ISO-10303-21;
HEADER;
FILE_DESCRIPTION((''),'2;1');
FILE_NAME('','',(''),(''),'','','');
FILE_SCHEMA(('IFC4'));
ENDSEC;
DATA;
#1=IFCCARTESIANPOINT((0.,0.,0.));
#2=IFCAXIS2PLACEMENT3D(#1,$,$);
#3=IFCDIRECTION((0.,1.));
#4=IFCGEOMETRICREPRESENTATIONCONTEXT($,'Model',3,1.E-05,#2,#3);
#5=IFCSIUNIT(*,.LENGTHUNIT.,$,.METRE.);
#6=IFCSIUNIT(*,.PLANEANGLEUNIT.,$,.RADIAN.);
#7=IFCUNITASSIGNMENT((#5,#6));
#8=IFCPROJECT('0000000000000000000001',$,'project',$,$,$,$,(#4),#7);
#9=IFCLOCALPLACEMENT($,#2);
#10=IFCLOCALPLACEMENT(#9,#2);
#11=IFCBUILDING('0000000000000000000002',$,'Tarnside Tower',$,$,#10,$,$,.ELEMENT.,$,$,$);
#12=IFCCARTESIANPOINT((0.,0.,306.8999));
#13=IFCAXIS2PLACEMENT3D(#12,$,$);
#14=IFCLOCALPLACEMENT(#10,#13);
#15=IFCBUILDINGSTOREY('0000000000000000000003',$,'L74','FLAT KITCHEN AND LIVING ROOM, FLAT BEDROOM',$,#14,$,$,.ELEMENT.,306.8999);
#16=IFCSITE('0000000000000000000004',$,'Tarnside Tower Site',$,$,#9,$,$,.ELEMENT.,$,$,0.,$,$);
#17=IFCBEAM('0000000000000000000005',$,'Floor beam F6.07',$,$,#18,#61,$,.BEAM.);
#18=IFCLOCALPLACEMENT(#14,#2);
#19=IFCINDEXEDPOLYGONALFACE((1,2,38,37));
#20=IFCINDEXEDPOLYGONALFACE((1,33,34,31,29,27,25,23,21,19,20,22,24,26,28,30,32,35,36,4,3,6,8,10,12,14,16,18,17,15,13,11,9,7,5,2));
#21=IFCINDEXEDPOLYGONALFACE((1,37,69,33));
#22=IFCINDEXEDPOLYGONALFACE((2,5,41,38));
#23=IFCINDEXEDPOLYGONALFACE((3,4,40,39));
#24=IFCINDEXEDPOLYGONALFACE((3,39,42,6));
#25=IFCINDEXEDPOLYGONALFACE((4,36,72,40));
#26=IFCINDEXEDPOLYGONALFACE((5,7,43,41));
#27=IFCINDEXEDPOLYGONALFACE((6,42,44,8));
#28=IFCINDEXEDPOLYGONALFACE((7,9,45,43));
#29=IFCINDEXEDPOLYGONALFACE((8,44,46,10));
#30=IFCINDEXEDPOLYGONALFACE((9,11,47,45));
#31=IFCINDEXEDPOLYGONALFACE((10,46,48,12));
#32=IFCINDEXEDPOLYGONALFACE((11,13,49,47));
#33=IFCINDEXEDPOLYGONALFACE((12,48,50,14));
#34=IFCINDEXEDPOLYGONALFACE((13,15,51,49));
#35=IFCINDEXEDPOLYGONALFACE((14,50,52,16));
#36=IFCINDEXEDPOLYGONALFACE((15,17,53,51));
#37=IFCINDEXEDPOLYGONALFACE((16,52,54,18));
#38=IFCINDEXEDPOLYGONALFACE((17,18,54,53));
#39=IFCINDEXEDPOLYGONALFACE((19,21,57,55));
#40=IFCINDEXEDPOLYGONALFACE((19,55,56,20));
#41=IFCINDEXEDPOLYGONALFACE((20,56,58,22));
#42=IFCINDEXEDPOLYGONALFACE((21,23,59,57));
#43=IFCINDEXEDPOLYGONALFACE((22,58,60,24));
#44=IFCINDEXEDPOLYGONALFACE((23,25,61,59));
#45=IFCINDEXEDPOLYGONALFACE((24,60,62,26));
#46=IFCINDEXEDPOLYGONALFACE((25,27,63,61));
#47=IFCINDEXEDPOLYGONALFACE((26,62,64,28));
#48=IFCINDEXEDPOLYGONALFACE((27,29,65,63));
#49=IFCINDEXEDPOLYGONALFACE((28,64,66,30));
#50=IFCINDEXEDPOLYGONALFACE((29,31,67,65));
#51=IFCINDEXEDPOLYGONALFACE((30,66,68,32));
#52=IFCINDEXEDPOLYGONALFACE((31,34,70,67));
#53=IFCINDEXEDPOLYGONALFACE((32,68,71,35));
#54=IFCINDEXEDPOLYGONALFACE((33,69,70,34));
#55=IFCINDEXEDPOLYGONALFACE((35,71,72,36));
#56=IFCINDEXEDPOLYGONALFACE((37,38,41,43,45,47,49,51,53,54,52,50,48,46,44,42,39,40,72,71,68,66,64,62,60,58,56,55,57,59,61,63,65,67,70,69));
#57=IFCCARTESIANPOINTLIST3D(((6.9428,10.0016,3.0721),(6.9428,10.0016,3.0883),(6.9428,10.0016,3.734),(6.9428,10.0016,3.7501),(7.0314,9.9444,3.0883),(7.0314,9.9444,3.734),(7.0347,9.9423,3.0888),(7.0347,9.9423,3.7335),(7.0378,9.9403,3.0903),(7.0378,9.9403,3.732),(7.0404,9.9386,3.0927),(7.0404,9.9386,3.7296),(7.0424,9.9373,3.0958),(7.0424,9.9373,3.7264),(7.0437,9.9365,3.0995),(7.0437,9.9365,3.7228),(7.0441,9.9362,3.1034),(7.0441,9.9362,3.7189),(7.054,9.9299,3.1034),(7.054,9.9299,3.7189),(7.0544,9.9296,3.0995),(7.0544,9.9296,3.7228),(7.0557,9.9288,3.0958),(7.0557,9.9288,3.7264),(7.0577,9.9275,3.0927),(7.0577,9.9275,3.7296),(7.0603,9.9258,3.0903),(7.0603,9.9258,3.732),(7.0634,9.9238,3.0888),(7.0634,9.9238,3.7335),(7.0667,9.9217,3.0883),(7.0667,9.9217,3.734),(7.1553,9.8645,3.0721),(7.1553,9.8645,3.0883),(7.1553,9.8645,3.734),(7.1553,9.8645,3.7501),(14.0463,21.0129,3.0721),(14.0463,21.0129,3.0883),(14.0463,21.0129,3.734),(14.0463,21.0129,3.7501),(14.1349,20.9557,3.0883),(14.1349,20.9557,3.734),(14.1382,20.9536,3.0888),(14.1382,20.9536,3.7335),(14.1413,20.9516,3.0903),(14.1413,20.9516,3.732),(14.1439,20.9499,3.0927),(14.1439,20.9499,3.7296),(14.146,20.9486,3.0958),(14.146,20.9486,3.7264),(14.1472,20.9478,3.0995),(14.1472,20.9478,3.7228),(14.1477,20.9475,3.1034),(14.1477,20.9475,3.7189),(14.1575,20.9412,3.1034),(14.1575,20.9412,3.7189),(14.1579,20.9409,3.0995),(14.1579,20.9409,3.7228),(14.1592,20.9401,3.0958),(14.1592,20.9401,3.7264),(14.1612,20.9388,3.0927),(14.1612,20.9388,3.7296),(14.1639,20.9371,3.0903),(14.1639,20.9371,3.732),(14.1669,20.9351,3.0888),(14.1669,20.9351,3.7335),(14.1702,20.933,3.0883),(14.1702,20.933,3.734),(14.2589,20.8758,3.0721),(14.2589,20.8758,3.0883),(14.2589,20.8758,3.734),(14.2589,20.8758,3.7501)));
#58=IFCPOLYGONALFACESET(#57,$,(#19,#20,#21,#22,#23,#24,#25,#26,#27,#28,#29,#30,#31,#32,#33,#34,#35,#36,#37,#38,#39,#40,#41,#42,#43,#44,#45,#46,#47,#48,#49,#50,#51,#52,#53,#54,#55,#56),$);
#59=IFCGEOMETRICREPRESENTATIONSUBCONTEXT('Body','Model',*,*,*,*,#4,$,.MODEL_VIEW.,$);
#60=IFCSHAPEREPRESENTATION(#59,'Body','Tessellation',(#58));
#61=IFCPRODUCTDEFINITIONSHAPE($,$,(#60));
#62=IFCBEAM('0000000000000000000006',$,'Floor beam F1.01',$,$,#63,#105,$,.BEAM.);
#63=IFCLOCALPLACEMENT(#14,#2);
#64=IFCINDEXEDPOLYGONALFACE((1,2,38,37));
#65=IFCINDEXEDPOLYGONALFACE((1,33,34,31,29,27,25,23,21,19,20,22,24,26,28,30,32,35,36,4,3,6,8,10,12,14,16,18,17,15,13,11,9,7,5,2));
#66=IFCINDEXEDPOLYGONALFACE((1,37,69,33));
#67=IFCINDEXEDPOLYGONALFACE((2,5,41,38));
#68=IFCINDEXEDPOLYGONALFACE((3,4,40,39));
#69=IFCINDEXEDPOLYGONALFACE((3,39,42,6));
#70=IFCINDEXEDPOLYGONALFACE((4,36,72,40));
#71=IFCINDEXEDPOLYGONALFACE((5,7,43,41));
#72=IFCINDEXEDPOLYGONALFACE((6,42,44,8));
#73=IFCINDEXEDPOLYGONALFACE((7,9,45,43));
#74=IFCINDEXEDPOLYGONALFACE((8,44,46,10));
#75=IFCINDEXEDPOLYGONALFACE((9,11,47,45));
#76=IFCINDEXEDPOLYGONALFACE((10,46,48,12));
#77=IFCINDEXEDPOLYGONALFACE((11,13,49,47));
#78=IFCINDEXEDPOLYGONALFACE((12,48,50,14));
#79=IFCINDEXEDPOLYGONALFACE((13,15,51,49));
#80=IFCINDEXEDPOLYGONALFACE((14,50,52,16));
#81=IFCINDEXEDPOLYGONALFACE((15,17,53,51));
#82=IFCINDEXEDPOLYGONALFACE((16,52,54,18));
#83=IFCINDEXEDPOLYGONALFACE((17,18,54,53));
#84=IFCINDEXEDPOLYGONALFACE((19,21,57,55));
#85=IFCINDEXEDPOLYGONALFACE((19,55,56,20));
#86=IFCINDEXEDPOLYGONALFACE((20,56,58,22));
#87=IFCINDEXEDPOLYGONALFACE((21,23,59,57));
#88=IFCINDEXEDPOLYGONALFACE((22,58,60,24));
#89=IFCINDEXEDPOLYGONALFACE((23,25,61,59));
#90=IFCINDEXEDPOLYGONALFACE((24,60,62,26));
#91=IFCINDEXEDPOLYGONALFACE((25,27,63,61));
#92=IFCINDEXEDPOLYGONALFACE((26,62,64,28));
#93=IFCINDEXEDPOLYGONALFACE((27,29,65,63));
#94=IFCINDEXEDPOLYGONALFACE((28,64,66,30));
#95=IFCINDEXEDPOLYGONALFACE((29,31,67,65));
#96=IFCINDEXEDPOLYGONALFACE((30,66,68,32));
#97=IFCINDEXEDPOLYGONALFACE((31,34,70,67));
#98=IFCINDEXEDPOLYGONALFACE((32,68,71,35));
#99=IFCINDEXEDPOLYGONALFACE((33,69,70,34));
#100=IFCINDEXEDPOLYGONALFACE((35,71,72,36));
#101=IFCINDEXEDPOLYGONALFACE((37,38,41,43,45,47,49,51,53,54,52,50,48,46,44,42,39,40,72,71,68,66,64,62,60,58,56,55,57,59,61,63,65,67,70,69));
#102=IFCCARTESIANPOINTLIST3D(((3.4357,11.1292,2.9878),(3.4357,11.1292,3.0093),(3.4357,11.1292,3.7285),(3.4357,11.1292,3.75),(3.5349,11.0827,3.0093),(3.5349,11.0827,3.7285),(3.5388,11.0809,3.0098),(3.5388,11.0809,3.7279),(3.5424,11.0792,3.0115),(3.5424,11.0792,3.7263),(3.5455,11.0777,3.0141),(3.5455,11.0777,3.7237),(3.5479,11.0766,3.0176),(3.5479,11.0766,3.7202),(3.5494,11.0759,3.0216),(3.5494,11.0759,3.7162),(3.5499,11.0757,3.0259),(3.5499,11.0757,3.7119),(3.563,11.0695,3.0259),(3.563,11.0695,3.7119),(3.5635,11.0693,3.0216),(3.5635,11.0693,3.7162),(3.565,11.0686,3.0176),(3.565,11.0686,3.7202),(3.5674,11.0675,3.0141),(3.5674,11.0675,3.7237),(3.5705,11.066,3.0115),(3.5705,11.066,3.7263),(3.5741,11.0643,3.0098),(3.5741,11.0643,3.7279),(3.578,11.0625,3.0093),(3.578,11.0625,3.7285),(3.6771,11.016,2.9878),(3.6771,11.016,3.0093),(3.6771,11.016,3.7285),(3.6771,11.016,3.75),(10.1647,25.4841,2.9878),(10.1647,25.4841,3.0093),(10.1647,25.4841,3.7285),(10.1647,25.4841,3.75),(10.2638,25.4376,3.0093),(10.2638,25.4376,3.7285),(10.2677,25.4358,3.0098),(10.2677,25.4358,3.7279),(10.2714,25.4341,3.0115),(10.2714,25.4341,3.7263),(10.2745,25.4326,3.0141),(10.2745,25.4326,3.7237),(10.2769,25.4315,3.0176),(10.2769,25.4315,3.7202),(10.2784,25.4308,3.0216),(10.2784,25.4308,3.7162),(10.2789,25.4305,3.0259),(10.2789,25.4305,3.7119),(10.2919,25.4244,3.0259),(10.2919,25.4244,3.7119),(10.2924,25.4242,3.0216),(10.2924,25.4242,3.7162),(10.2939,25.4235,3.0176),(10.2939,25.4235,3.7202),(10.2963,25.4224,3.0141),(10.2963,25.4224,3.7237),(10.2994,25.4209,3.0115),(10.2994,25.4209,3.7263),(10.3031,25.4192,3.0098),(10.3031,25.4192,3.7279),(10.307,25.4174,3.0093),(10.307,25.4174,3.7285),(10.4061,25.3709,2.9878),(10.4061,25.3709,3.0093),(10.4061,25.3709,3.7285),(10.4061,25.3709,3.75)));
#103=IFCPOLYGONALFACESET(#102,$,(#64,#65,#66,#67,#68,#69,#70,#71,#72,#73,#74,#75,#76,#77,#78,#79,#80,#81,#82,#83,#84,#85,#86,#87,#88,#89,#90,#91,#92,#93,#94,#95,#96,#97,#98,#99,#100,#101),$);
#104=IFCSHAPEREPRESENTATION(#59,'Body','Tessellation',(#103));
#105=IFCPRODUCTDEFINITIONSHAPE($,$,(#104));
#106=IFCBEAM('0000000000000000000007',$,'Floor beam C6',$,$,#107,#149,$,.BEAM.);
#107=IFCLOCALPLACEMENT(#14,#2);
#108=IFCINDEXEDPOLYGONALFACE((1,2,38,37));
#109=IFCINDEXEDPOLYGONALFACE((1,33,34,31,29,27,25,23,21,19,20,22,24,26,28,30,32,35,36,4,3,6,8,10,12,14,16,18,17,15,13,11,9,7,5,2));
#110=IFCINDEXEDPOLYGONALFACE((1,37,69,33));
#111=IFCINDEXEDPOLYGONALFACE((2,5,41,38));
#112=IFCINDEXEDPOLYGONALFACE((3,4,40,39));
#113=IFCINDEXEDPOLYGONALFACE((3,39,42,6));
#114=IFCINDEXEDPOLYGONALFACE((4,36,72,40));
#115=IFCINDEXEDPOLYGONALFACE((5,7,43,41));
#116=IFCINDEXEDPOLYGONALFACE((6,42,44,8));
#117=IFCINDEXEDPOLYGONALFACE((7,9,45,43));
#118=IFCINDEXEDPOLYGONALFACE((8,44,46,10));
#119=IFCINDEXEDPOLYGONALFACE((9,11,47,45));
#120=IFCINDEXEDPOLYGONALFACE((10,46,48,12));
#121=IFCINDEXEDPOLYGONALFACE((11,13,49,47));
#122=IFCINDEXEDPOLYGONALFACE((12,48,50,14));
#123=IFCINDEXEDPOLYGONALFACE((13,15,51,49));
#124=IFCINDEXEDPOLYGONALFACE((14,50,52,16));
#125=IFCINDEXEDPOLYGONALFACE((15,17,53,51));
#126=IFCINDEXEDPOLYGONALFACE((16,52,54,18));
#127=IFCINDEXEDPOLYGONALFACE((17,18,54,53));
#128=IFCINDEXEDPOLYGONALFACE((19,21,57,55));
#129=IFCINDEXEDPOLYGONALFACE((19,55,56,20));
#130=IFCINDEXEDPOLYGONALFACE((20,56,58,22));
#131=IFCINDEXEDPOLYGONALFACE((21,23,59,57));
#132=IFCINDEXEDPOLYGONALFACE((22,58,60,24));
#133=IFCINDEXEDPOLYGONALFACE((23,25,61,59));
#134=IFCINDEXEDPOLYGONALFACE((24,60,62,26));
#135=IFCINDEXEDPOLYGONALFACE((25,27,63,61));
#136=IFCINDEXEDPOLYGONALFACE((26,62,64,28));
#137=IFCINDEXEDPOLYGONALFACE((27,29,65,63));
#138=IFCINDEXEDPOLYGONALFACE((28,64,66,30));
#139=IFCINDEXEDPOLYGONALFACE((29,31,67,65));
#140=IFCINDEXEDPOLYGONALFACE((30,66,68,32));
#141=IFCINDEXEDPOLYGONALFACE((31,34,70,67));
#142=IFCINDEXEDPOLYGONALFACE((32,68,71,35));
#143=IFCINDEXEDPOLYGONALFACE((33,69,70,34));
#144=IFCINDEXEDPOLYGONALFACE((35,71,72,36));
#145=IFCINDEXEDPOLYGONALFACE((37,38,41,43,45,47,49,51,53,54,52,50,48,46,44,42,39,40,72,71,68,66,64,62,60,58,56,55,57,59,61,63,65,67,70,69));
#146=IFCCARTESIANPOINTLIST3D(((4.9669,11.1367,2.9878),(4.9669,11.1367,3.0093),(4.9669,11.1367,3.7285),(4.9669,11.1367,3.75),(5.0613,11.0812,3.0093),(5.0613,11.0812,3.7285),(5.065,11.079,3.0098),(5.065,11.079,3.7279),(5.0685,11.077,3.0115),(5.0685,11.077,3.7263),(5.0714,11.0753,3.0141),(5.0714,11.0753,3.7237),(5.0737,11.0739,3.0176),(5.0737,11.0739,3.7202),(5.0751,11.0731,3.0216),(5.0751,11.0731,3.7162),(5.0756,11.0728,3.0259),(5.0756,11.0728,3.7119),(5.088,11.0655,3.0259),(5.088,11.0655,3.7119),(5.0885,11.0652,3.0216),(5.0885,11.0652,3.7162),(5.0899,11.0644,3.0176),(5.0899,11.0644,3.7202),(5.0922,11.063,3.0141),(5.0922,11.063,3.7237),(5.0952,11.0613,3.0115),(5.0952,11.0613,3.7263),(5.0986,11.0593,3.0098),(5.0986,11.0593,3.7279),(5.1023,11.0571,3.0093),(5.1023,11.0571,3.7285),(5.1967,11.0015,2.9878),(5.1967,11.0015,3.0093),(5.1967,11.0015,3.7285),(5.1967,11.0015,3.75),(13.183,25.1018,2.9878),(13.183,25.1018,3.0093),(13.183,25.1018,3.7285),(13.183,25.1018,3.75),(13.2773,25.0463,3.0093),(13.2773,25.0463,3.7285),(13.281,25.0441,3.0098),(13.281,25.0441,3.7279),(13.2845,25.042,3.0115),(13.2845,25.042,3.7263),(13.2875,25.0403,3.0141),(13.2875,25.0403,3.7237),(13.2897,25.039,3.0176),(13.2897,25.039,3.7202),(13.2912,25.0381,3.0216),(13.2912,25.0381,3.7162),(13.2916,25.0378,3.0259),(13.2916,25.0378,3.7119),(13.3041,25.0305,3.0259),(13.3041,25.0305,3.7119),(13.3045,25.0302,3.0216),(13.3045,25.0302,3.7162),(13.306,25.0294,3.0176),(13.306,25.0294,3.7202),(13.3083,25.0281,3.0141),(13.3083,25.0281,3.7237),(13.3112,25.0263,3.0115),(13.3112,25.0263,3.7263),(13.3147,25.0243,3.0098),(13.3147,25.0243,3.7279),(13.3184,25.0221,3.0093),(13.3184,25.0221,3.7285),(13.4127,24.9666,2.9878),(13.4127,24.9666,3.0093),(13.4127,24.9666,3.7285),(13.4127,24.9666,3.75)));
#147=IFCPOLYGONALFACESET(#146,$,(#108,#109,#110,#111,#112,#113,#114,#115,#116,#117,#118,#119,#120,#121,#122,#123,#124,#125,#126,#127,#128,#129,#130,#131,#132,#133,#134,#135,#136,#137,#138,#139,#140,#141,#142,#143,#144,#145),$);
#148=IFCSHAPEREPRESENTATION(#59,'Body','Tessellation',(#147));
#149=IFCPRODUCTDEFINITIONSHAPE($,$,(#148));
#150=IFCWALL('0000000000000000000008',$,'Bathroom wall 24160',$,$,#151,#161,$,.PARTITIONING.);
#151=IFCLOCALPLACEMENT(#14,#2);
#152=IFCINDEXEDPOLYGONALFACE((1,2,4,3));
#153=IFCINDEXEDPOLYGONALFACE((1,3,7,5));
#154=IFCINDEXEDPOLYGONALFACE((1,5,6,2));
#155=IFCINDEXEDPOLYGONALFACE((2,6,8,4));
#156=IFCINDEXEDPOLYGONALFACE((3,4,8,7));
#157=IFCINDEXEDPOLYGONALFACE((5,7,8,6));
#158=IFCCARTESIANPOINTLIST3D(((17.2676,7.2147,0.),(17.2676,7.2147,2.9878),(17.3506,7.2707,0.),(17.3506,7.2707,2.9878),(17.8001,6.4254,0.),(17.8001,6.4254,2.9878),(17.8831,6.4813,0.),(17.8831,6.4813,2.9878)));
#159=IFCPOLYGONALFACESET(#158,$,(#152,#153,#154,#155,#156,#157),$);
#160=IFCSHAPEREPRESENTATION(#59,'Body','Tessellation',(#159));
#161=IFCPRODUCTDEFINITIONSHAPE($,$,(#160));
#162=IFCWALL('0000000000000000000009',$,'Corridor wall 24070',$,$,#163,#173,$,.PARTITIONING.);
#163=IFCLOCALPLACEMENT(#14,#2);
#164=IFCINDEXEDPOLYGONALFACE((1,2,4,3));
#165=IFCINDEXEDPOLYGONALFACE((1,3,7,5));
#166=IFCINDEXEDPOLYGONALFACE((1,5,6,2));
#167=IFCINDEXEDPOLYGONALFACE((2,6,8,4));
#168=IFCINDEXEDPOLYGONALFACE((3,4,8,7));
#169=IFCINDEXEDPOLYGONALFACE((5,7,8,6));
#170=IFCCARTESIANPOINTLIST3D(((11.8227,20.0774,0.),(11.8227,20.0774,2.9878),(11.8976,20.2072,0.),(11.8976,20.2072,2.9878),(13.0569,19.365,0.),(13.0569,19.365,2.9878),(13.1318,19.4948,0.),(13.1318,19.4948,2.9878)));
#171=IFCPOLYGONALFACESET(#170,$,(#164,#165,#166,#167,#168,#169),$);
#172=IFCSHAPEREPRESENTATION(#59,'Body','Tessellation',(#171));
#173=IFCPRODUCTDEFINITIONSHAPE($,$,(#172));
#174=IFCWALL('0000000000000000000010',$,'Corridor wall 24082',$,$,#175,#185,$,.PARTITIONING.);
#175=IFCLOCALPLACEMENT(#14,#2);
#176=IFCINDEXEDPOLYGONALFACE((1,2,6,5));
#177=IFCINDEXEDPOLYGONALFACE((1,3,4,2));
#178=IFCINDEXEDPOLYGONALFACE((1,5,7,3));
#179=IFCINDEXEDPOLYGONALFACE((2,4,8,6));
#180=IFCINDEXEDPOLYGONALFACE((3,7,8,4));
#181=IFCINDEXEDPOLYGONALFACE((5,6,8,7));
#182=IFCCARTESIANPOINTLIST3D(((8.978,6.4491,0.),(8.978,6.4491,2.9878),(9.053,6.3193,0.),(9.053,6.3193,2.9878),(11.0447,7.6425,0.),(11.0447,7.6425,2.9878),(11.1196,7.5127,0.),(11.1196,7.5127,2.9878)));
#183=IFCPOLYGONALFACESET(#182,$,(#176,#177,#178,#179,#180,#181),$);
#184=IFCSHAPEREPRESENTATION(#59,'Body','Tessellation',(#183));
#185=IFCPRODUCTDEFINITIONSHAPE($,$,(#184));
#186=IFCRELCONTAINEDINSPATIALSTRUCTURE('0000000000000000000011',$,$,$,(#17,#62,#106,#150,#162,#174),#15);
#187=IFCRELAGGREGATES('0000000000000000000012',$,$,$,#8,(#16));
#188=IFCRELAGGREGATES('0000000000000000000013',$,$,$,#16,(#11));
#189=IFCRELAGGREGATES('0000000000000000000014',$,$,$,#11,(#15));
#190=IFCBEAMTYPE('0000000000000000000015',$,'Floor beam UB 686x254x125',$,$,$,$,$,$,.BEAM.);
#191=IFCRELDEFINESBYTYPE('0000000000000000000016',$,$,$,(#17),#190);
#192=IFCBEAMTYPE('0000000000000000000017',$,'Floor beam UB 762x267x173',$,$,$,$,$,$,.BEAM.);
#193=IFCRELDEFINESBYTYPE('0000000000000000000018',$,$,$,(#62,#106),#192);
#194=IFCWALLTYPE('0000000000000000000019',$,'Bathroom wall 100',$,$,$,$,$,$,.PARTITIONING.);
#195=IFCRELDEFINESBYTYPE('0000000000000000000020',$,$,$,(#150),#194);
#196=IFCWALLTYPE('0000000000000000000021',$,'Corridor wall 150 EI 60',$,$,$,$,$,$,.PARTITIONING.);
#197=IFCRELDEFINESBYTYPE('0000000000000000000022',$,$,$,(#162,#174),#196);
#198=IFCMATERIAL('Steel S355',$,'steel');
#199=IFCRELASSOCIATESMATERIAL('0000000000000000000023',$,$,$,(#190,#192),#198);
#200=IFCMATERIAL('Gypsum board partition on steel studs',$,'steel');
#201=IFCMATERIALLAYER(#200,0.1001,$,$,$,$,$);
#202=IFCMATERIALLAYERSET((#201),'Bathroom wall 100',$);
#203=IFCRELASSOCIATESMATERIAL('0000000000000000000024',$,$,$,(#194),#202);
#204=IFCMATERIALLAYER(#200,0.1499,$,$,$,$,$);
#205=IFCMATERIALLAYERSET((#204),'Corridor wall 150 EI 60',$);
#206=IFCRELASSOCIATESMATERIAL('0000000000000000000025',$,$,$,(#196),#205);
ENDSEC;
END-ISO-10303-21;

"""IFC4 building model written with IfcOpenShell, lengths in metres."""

from ifc_helpers import new_model, si_unit, direction, frame, frame_2d, origin, origin_2d, place, context, subcontext, project, spatial, rectangle, i_section, extrude, material, layer, layer_set, material_profile, profile_set, type_object, element, save


model = new_model("IFC4")

# Units and contexts
model_context = context("Model", 3, precision=1e-05, world=origin(), true_north=direction((0.0, 1.0)))
body_context = subcontext(model_context, "Body", "Model", "MODEL_VIEW")
ifc_project = project(units=[si_unit("LENGTHUNIT", "METRE"), si_unit("PLANEANGLEUNIT", "RADIAN")], contexts=[model_context])

# Site, building, storey
site_placement = place(None, origin())
site = spatial("IfcSite", under=ifc_project, at=site_placement, Name="Tarnside Tower Site", CompositionType="ELEMENT", RefElevation=0.0)
building_placement = place(site_placement, origin())
building = spatial("IfcBuilding", under=site, at=building_placement, Name="Tarnside Tower", CompositionType="ELEMENT")
storey_placement = place(building_placement, frame((0.0, 0.0, 306.8999)))
storey = spatial("IfcBuildingStorey", under=building, at=storey_placement, Name="L74", Description="FLAT KITCHEN AND LIVING ROOM, FLAT BEDROOM", CompositionType="ELEMENT", Elevation=306.8999)

# Beams
ifc_material_1 = material(Name="Steel S355", Category="steel")
ifc_material_profile_1 = material_profile(ifc_material_1, i_section(OverallWidth=0.2529, OverallDepth=0.678, WebThickness=0.0117, FlangeThickness=0.0161, FilletRadius=0.0151, at=origin_2d()), Name="UB 686x254x125")
ifc_profile_set_1 = profile_set([ifc_material_profile_1], Name="Steel S355")
beam_type_1 = type_object("IfcBeamType", Name="Floor beam UB 686x254x125", PredefinedType="BEAM", material=ifc_profile_set_1)
beam_1_placement = place(storey_placement, frame((14.1526, 20.9443, 3.4111), z_axis=(-0.5421, -0.840314, 0.0), x_axis=(0.840314, -0.5421, 0.0)))
element("IfcBeam", 1, at=beam_1_placement, inside=storey, type_object=beam_type_1, Name="Floor beam F6.07", PredefinedType="BEAM", context=body_context, shape_type="SweptSolid", body=[
    extrude(i_section(OverallWidth=0.2529, OverallDepth=0.678, WebThickness=0.0117, FlangeThickness=0.0161, FilletRadius=0.0151, at=origin_2d()), origin(), (0.0, 0.0, 1.0), 13.1038),
])
ifc_material_profile_2 = material_profile(ifc_material_1, i_section(OverallWidth=0.2666, OverallDepth=0.7622, WebThickness=0.0144, FlangeThickness=0.0215, FilletRadius=0.0166, at=origin_2d()), Name="UB 762x267x173")
ifc_profile_set_2 = profile_set([ifc_material_profile_2], Name="Steel S355")
beam_type_2 = type_object("IfcBeamType", Name="Floor beam UB 762x267x173", PredefinedType="BEAM", material=ifc_profile_set_2)
beam_2_placement = place(storey_placement, frame((10.2854, 25.4275, 3.3689), z_axis=(-0.424439, -0.905456, 0.0), x_axis=(0.905456, -0.424439, 0.0)))
element("IfcBeam", 2, at=beam_2_placement, inside=storey, type_object=beam_type_2, Name="Floor beam F1.01", PredefinedType="BEAM", context=body_context, shape_type="SweptSolid", body=[
    extrude(i_section(OverallWidth=0.2666, OverallDepth=0.7622, WebThickness=0.0144, FlangeThickness=0.0215, FilletRadius=0.0166, at=origin_2d()), origin(), (0.0, 0.0, 1.0), 15.8538),
])
beam_3_placement = place(storey_placement, frame((13.2979, 25.0342, 3.3689), z_axis=(-0.50708, -0.861899, 0.0), x_axis=(0.861899, -0.50708, 0.0)))
element("IfcBeam", 3, at=beam_3_placement, inside=storey, type_object=beam_type_2, Name="Floor beam C6", PredefinedType="BEAM", context=body_context, shape_type="SweptSolid", body=[
    extrude(i_section(OverallWidth=0.2666, OverallDepth=0.7622, WebThickness=0.0144, FlangeThickness=0.0215, FilletRadius=0.0166, at=origin_2d()), origin(), (0.0, 0.0, 1.0), 16.2026),
])

# Walls
ifc_material_2 = material(Name="Gypsum board partition on steel studs", Category="steel")
ifc_layer_1 = layer(ifc_material_2, 0.1001)
ifc_layer_set_1 = layer_set([ifc_layer_1], Name="Bathroom wall 100")
wall_type_1 = type_object("IfcWallType", Name="Bathroom wall 100", PredefinedType="PARTITIONING", material=ifc_layer_set_1)
wall_1_placement = place(storey_placement, frame((17.3091, 7.2427, 0.0), z_axis=(0.0, 0.0, 1.0), x_axis=(0.559248, -0.829, 0.0)))
element("IfcWall", 4, at=wall_1_placement, inside=storey, type_object=wall_type_1, Name="Bathroom wall 24160", PredefinedType="PARTITIONING", context=body_context, shape_type="SweptSolid", body=[
    extrude(rectangle(XDim=0.9521, YDim=0.1001, at=frame_2d((0.4761, 0.0))), origin(), (0.0, 0.0, 1.0), 2.9878),
])
ifc_layer_2 = layer(ifc_material_2, 0.1499)
ifc_layer_set_2 = layer_set([ifc_layer_2], Name="Corridor wall 150 EI 60")
wall_type_2 = type_object("IfcWallType", Name="Corridor wall 150 EI 60", PredefinedType="PARTITIONING", material=ifc_layer_set_2)
wall_2_placement = place(storey_placement, frame((13.0942, 19.4299, 0.0), z_axis=(0.0, 0.0, 1.0), x_axis=(-0.866063, 0.499935, 0.0)))
element("IfcWall", 5, at=wall_2_placement, inside=storey, type_object=wall_type_2, Name="Corridor wall 24070", PredefinedType="PARTITIONING", context=body_context, shape_type="SweptSolid", body=[
    extrude(rectangle(XDim=1.425, YDim=0.1499, at=frame_2d((0.7124, 0.0))), origin(), (0.0, 0.0, 1.0), 2.9878),
])
wall_3_placement = place(storey_placement, frame((11.0823, 7.5776, 0.0), z_axis=(0.0, 0.0, 1.0), x_axis=(-0.865993, -0.500056, 0.0)))
element("IfcWall", 6, at=wall_3_placement, inside=storey, type_object=wall_type_2, Name="Corridor wall 24082", PredefinedType="PARTITIONING", context=body_context, shape_type="SweptSolid", body=[
    extrude(rectangle(XDim=2.3865, YDim=0.1499, at=frame_2d((1.1934, 0.0))), origin(), (0.0, 0.0, 1.0), 2.9878),
])

save(model, "model.ifc")
